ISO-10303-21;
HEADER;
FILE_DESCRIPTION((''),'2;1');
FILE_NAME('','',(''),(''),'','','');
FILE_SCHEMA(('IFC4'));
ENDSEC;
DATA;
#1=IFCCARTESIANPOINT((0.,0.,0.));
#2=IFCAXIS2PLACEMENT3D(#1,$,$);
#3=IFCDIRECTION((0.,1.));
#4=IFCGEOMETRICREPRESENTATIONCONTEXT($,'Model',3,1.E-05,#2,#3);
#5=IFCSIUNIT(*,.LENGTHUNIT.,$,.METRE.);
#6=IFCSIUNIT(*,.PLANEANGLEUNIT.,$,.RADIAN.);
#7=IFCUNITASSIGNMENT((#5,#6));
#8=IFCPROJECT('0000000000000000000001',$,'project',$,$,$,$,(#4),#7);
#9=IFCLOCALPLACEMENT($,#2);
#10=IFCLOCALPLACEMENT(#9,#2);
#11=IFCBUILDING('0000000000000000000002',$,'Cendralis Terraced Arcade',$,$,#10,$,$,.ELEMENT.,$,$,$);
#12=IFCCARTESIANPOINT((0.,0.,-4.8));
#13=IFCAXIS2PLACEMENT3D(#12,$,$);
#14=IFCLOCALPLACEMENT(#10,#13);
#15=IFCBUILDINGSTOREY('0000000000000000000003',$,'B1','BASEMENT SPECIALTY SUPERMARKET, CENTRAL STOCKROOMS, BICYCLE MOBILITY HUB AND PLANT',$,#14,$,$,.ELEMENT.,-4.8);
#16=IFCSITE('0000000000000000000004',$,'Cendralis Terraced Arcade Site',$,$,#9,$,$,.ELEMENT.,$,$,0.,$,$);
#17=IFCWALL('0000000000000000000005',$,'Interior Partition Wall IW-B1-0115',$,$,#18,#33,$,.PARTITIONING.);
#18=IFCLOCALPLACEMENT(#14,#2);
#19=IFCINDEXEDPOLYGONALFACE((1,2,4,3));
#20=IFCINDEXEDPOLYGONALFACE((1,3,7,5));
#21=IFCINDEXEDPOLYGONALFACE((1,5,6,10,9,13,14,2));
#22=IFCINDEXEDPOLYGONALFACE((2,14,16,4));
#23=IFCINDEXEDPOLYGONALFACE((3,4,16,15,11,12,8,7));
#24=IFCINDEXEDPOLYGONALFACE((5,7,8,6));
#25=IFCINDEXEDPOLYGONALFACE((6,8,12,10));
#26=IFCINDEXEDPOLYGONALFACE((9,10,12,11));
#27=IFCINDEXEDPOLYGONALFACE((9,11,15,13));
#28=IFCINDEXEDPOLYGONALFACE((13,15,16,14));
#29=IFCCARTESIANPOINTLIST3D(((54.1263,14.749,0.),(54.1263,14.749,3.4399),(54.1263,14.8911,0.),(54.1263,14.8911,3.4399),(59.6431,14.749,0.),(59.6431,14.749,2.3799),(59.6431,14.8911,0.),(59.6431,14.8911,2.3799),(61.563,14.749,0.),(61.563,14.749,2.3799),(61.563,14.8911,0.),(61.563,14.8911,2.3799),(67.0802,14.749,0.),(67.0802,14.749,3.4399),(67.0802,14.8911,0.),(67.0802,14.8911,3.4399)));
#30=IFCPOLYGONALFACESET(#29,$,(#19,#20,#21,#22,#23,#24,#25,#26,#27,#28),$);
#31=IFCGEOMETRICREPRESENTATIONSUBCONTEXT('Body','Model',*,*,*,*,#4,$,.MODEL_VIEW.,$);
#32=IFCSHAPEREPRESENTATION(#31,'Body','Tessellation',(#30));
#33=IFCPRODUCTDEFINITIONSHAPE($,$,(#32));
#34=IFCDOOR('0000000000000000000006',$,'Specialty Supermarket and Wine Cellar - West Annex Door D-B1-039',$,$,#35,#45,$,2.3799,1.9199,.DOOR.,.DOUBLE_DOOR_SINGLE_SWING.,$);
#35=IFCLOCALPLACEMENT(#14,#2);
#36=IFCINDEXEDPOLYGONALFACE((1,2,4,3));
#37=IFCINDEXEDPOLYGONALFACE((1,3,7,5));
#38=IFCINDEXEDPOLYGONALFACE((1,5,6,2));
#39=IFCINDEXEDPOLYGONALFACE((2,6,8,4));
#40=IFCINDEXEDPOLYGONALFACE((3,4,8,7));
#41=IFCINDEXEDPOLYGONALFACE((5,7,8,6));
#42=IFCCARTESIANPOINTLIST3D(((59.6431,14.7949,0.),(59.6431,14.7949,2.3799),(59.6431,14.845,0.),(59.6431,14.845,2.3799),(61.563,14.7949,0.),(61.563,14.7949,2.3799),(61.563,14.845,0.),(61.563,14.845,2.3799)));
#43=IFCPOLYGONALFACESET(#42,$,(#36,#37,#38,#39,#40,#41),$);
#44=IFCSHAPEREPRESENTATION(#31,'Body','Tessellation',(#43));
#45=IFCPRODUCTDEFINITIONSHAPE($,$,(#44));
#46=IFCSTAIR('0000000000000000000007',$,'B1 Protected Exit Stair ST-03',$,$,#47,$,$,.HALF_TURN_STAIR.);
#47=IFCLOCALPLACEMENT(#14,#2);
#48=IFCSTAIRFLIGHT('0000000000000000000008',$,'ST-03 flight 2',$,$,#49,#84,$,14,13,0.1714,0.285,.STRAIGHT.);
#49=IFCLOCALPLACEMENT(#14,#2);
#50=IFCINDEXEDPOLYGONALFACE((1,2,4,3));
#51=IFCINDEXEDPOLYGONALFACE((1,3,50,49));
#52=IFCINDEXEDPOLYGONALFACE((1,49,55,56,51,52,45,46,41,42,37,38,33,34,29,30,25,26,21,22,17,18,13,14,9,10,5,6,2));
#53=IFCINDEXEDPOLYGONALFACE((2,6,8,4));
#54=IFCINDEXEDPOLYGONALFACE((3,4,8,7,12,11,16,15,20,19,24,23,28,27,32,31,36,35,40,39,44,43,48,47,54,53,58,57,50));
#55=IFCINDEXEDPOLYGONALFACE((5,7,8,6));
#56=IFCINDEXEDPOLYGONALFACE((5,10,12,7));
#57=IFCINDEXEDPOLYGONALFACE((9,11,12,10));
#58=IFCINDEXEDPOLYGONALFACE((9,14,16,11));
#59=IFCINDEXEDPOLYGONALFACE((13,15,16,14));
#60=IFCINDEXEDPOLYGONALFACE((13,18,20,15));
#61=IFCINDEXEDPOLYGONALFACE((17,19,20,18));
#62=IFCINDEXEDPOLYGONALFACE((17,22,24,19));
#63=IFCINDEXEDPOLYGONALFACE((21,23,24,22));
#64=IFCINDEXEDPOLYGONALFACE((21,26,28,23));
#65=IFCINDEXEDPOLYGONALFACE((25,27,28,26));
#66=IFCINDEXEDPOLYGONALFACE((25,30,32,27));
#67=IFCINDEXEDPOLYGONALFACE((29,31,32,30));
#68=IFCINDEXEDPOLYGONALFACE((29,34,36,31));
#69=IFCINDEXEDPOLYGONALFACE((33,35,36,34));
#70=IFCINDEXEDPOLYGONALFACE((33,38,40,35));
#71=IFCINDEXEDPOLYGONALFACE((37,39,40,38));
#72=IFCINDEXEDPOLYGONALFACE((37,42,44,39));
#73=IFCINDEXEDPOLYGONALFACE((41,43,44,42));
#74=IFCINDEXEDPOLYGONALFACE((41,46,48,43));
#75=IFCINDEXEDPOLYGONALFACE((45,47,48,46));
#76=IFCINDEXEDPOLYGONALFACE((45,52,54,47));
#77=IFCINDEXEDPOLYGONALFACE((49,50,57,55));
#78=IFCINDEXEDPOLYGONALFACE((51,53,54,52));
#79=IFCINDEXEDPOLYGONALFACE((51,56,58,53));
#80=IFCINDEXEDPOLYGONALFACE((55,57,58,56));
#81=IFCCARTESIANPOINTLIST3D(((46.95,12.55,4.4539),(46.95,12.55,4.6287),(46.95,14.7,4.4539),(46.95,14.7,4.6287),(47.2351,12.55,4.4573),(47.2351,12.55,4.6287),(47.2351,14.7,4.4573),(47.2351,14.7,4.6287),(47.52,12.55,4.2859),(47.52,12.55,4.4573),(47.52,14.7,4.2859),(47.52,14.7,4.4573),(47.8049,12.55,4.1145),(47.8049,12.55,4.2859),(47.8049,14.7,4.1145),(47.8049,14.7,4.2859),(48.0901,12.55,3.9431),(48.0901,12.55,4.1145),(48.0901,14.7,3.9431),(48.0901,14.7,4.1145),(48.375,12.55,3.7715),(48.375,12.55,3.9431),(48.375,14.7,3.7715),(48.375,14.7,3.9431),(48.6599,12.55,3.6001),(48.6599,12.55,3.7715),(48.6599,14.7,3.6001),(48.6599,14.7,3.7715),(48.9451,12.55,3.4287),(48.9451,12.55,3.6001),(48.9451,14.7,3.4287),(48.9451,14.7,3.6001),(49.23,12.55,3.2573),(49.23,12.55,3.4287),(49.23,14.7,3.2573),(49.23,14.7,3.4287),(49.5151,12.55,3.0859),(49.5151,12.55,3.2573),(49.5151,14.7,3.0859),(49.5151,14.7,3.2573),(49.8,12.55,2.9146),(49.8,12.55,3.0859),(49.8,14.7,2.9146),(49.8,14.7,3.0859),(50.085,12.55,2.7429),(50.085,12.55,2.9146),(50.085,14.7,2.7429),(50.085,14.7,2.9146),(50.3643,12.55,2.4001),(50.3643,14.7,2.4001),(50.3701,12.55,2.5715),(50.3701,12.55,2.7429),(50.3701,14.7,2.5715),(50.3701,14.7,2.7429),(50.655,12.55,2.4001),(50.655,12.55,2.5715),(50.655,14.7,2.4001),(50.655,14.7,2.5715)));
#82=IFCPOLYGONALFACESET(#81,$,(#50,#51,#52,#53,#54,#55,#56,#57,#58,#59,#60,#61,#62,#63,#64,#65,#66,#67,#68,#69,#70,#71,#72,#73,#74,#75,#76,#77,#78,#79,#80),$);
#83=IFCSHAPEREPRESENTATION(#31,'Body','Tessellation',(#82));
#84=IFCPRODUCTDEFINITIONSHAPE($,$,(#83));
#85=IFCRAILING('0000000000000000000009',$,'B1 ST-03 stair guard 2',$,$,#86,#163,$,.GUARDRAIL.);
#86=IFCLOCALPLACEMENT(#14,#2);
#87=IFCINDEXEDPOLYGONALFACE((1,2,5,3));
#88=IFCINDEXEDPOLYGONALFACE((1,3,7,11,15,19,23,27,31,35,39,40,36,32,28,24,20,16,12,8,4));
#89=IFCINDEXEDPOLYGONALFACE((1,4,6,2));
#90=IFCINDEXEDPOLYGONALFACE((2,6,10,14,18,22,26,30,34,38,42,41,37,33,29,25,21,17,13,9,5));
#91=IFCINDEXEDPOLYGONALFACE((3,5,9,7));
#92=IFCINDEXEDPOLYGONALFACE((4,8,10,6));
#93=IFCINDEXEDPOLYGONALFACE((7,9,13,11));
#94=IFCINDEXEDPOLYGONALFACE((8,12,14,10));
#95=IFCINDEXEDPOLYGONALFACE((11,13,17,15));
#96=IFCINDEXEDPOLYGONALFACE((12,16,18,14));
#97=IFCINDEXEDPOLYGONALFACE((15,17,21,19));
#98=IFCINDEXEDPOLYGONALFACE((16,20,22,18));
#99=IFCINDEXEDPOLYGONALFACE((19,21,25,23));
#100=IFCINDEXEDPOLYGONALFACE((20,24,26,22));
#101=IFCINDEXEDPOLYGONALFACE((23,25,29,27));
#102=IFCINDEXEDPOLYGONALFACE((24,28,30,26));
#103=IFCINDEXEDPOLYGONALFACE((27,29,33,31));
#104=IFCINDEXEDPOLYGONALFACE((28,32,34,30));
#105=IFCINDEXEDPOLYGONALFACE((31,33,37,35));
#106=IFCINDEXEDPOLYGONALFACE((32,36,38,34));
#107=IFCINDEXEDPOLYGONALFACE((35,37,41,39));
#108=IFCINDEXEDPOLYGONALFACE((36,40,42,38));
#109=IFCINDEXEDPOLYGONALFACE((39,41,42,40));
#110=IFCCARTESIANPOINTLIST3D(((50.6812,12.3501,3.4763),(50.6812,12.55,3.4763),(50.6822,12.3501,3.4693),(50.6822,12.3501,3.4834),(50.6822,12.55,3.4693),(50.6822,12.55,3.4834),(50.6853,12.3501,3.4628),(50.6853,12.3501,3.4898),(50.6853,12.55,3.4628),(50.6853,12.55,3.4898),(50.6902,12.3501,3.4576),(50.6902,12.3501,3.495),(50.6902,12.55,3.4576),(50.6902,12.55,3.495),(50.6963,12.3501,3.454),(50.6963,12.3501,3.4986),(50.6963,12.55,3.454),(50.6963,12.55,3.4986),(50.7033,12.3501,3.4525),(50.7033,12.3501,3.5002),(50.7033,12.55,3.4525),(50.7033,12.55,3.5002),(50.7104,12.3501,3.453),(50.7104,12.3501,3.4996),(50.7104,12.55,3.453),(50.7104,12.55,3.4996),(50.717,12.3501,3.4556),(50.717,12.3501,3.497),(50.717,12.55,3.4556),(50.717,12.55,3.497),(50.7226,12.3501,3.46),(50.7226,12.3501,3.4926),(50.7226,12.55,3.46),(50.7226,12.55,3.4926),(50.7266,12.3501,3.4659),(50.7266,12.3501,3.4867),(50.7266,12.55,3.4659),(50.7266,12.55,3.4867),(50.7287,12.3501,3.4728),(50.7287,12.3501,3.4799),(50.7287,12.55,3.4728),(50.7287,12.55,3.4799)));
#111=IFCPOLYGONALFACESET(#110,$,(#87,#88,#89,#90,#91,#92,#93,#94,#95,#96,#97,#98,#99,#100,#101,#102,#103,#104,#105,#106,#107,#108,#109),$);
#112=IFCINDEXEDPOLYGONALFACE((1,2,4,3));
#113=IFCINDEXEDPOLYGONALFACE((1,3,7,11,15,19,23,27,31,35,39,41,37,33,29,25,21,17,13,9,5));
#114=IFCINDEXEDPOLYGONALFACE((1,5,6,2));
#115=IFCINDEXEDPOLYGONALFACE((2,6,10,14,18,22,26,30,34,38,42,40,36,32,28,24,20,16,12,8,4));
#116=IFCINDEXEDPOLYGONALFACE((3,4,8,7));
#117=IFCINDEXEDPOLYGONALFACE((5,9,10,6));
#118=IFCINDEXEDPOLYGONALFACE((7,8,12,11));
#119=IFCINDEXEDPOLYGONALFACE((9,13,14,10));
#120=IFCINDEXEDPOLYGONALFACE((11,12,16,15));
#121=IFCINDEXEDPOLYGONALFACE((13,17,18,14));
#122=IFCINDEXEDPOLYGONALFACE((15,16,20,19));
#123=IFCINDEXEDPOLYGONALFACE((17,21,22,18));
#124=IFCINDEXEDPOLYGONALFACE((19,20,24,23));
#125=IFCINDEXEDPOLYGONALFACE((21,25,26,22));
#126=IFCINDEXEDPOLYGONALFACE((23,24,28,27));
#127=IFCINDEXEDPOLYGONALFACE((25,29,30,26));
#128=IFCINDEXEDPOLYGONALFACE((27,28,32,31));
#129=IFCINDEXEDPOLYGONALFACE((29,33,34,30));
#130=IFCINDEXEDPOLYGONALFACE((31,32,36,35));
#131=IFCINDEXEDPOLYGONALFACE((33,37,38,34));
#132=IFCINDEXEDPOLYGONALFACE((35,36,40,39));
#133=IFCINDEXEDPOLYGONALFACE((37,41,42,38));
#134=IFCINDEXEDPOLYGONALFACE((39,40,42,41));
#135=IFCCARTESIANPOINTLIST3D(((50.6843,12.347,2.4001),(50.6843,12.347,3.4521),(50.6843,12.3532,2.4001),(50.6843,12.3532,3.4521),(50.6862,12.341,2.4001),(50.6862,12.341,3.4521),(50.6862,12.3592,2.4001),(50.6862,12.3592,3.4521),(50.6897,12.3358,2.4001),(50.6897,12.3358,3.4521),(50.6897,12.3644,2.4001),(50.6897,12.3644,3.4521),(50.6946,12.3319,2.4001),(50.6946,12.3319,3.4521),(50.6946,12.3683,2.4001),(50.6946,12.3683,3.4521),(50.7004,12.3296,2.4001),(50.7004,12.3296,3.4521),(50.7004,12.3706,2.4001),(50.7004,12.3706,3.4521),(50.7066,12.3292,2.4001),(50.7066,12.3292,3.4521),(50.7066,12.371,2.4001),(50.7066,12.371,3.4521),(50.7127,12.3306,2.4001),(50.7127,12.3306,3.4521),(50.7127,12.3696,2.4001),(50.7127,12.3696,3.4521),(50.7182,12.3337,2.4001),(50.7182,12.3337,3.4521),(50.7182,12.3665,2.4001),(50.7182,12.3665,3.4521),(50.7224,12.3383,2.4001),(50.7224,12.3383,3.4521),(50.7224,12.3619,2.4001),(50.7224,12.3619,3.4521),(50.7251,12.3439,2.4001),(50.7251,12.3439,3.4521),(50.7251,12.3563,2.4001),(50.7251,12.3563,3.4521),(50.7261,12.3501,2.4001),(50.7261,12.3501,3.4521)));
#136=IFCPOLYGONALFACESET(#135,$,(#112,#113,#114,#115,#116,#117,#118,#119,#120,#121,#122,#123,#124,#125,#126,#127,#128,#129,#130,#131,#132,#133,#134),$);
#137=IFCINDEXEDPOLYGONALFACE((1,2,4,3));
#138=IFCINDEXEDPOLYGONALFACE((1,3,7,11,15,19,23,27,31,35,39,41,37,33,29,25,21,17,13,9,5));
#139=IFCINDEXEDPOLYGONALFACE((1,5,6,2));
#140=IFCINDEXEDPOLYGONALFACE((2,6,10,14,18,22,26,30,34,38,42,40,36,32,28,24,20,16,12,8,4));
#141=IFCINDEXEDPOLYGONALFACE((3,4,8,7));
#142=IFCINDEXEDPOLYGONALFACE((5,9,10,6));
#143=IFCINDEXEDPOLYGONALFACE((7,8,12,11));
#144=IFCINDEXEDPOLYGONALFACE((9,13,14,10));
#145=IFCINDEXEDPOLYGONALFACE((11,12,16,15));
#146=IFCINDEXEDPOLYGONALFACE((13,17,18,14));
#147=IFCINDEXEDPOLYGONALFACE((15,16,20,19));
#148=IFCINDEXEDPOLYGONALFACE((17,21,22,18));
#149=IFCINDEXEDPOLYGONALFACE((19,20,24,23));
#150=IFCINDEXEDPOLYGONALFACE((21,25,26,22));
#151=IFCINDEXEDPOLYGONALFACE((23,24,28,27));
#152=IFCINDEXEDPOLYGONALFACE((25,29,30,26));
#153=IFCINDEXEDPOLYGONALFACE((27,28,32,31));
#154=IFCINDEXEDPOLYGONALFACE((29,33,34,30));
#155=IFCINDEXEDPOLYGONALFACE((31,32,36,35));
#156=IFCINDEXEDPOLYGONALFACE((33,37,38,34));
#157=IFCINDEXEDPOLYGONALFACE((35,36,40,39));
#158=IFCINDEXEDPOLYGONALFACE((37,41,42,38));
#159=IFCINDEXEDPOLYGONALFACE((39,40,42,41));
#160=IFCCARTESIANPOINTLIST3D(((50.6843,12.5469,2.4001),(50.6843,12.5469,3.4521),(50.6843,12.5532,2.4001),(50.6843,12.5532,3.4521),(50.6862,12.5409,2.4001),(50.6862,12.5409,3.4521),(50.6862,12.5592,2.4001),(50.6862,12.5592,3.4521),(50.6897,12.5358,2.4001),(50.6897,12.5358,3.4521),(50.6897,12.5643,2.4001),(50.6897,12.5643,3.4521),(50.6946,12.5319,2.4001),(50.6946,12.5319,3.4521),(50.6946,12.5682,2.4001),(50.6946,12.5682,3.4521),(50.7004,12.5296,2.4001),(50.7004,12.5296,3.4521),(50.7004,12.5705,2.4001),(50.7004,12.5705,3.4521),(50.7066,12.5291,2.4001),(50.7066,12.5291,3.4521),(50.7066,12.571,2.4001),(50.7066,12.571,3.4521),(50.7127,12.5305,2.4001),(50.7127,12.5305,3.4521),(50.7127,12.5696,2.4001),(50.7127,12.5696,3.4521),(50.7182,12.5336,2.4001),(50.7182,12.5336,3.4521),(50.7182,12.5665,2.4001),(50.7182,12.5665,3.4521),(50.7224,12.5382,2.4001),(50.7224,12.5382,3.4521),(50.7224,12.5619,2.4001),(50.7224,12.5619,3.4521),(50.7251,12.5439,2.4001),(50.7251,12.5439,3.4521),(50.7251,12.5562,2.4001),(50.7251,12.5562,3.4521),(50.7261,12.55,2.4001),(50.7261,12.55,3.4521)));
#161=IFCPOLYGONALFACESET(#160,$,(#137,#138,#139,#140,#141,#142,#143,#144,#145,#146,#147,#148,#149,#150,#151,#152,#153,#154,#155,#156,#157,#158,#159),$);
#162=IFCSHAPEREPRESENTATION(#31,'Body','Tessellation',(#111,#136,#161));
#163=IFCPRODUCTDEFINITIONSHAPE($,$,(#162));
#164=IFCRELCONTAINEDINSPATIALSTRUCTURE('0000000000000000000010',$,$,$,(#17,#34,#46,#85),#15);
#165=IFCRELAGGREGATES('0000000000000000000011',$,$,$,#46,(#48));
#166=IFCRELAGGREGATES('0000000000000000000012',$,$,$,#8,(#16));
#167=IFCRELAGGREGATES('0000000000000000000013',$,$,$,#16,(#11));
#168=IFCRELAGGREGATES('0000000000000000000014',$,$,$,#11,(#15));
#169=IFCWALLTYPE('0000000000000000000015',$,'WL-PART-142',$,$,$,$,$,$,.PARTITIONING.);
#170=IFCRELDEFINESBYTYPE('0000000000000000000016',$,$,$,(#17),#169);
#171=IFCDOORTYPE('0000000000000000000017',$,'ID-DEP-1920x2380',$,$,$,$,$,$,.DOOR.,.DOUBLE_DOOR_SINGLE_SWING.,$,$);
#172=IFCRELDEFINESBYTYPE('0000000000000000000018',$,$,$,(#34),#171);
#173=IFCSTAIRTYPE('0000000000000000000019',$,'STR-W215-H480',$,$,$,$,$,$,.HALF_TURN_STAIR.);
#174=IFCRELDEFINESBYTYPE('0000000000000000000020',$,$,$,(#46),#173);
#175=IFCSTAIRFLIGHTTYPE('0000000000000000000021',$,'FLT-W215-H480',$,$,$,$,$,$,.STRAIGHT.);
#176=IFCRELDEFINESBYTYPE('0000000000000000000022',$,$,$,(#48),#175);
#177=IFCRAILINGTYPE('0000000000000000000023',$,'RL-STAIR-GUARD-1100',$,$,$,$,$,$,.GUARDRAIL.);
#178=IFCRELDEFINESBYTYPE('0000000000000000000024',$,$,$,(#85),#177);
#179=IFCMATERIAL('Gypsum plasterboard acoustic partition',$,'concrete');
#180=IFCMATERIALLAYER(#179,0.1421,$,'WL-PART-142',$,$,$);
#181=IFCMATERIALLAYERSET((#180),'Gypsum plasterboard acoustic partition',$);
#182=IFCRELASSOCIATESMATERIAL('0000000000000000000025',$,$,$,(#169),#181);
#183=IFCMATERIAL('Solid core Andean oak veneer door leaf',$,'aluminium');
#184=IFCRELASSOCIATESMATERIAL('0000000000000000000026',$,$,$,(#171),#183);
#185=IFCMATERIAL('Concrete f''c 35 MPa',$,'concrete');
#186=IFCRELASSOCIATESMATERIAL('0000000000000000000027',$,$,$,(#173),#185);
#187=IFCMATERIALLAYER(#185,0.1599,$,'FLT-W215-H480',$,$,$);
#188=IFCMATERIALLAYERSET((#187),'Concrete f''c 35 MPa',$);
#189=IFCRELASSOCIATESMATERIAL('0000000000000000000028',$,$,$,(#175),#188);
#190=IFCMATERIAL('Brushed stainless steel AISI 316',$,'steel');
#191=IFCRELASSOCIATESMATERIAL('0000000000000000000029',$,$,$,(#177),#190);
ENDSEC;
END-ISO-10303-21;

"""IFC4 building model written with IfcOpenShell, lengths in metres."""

from ifc_helpers import new_model, si_unit, direction, frame, frame_2d, origin, origin_2d, place, context, subcontext, project, spatial, polyline, rectangle, circle, outline, extrude, material, layer, layer_set, type_object, element, fill, aggregate, save


model = new_model("IFC4")

# Units and contexts
model_context = context("Model", 3, precision=1e-05, world=origin(), true_north=direction((0.0, 1.0)))
body_context = subcontext(model_context, "Body", "Model", "MODEL_VIEW")
ifc_project = project(units=[si_unit("LENGTHUNIT", "METRE"), si_unit("PLANEANGLEUNIT", "RADIAN")], contexts=[model_context])

# Site, building, storey
site_placement = place(None, origin())
site = spatial("IfcSite", under=ifc_project, at=site_placement, Name="Cendralis Terraced Arcade Site", CompositionType="ELEMENT", RefElevation=0.0)
building_placement = place(site_placement, origin())
building = spatial("IfcBuilding", under=site, at=building_placement, Name="Cendralis Terraced Arcade", CompositionType="ELEMENT")
storey_placement = place(building_placement, frame((0.0, 0.0, -4.8)))
storey = spatial("IfcBuildingStorey", under=building, at=storey_placement, Name="B1", Description="BASEMENT SPECIALTY SUPERMARKET, CENTRAL STOCKROOMS, BICYCLE MOBILITY HUB AND PLANT", CompositionType="ELEMENT", Elevation=-4.8)

# Shared definitions
ifc_material_1 = material(Name="Concrete f'c 35 MPa", Category="concrete")

# Wall, opening, door
ifc_material_2 = material(Name="Gypsum plasterboard acoustic partition", Category="concrete")
ifc_layer_1 = layer(ifc_material_2, 0.1421, Name="WL-PART-142")
ifc_layer_set_1 = layer_set([ifc_layer_1], Name="Gypsum plasterboard acoustic partition")
wall_type_1 = type_object("IfcWallType", Name="WL-PART-142", PredefinedType="PARTITIONING", material=ifc_layer_set_1)
wall_1_placement = place(storey_placement, frame((54.1262, 14.8201, 0.0), z_axis=(0.0, 0.0, 1.0), x_axis=(1.0, 0.0, 0.0)))
wall_1 = element("IfcWall", 1, at=wall_1_placement, inside=storey, type_object=wall_type_1, Name="Interior Partition Wall IW-B1-0115", PredefinedType="PARTITIONING", context=body_context, shape_type="SweptSolid", body=[
    extrude(rectangle(XDim=12.9539, YDim=0.1421, at=frame_2d((6.4771, 0.0))), origin(), (0.0, 0.0, 1.0), 3.4399),
])
opening_1_placement = place(wall_1_placement, frame((5.5168, 0.0, 0.0)))
opening_1 = element("IfcOpeningElement", 2, at=opening_1_placement, cuts=wall_1, PredefinedType="OPENING", context=body_context, shape_type="SweptSolid", body=[
    extrude(rectangle(XDim=1.9199, YDim=2.3799, at=frame_2d((0.96, 1.1899))), frame((0.0, 0.083, 0.0), z_axis=(0.0, -1.0, 0.0), x_axis=(1.0, 0.0, 0.0)), (0.0, 0.0, 1.0), 0.166),
])
ifc_material_3 = material(Name="Solid core Andean oak veneer door leaf", Category="aluminium")
door_type_1 = type_object("IfcDoorType", Name="ID-DEP-1920x2380", OperationType="DOUBLE_DOOR_SINGLE_SWING", PredefinedType="DOOR", material=ifc_material_3)
door_1_placement = place(opening_1_placement, origin())
door_1 = element("IfcDoor", 3, at=door_1_placement, inside=storey, type_object=door_type_1, Name="Specialty Supermarket and Wine Cellar - West Annex Door D-B1-039", OperationType="DOUBLE_DOOR_SINGLE_SWING", OverallHeight=2.3799, OverallWidth=1.9199, PredefinedType="DOOR", context=body_context, shape_type="SweptSolid", body=[
    extrude(rectangle(XDim=1.9199, YDim=2.3799, at=frame_2d((0.96, 1.1899))), frame((0.0, 0.0249, 0.0), z_axis=(0.0, -1.0, 0.0), x_axis=(1.0, 0.0, 0.0)), (0.0, 0.0, 1.0), 0.05),
])
fill(opening_1, door_1)

# Stair, stair flight
stair_type = type_object("IfcStairType", Name="STR-W215-H480", PredefinedType="HALF_TURN_STAIR", material=ifc_material_1)
stair_placement = place(storey_placement, origin())
stair = element("IfcStair", 4, at=stair_placement, inside=storey, type_object=stair_type, Name="B1 Protected Exit Stair ST-03", PredefinedType="HALF_TURN_STAIR")
ifc_layer_2 = layer(ifc_material_1, 0.1599, Name="FLT-W215-H480")
ifc_layer_set_2 = layer_set([ifc_layer_2], Name="Concrete f'c 35 MPa")
stair_flight_type = type_object("IfcStairFlightType", Name="FLT-W215-H480", PredefinedType="STRAIGHT", material=ifc_layer_set_2)
stair_flight_placement = place(storey_placement, frame((50.655, 13.625, 2.4001), z_axis=(0.0, 0.0, 1.0), x_axis=(-1.0, 0.0, 0.0)))
stair_flight = element("IfcStairFlight", 5, at=stair_flight_placement, type_object=stair_flight_type, Name="ST-03 flight 2", NumberOfRisers=14, NumberOfTreads=13, PredefinedType="STRAIGHT", RiserHeight=0.1714, TreadLength=0.285, context=body_context, shape_type="SweptSolid", body=[
    extrude(outline(polyline([(0.0, 0.0), (0.0, 0.1714), (0.2849, 0.1714), (0.2849, 0.3428), (0.5701, 0.3428), (0.5701, 0.5144), (0.855, 0.5144), (0.855, 0.6858), (1.1399, 0.6858), (1.1399, 0.8572), (1.425, 0.8572), (1.425, 1.0286), (1.71, 1.0286), (1.71, 1.2), (1.9951, 1.2), (1.9951, 1.3713), (2.28, 1.3713), (2.28, 1.543), (2.5649, 1.543), (2.5649, 1.7144), (2.8501, 1.7144), (2.8501, 1.8857), (3.135, 1.8857), (3.135, 2.0571), (3.4199, 2.0571), (3.4199, 2.2285), (3.7051, 2.2285), (3.7051, 2.3999), (3.7051, 2.0537), (0.2908, 0.0), (0.0, 0.0)])), frame((0.0, 1.075, 0.0), z_axis=(0.0, -1.0, 0.0), x_axis=(1.0, 0.0, 0.0)), (0.0, 0.0, 1.0), 2.1499),
])
aggregate(stair, [stair_flight])

# Railing
ifc_material_4 = material(Name="Brushed stainless steel AISI 316", Category="steel")
railing_type_1 = type_object("IfcRailingType", Name="RL-STAIR-GUARD-1100", PredefinedType="GUARDRAIL", material=ifc_material_4)
railing_1_placement = place(storey_placement, frame((50.7051, 12.3501, 2.4001)))
element("IfcRailing", 6, at=railing_1_placement, inside=storey, type_object=railing_type_1, Name="B1 ST-03 stair guard 2", PredefinedType="GUARDRAIL", context=body_context, shape_type="SweptSolid", body=[
    extrude(circle(Radius=0.0239, at=origin_2d()), frame((0.0, 0.0, 1.0762), z_axis=(0.0, 1.0, 0.0), x_axis=(-1.0, 0.0, 0.0)), (0.0, 0.0, 1.0), 0.2),
    extrude(circle(Radius=0.021, at=origin_2d()), origin(), (0.0, 0.0, 1.0), 1.052),
    extrude(circle(Radius=0.021, at=origin_2d()), frame((0.0, 0.2, 0.0)), (0.0, 0.0, 1.0), 1.052),
])

save(model, "model.ifc")
